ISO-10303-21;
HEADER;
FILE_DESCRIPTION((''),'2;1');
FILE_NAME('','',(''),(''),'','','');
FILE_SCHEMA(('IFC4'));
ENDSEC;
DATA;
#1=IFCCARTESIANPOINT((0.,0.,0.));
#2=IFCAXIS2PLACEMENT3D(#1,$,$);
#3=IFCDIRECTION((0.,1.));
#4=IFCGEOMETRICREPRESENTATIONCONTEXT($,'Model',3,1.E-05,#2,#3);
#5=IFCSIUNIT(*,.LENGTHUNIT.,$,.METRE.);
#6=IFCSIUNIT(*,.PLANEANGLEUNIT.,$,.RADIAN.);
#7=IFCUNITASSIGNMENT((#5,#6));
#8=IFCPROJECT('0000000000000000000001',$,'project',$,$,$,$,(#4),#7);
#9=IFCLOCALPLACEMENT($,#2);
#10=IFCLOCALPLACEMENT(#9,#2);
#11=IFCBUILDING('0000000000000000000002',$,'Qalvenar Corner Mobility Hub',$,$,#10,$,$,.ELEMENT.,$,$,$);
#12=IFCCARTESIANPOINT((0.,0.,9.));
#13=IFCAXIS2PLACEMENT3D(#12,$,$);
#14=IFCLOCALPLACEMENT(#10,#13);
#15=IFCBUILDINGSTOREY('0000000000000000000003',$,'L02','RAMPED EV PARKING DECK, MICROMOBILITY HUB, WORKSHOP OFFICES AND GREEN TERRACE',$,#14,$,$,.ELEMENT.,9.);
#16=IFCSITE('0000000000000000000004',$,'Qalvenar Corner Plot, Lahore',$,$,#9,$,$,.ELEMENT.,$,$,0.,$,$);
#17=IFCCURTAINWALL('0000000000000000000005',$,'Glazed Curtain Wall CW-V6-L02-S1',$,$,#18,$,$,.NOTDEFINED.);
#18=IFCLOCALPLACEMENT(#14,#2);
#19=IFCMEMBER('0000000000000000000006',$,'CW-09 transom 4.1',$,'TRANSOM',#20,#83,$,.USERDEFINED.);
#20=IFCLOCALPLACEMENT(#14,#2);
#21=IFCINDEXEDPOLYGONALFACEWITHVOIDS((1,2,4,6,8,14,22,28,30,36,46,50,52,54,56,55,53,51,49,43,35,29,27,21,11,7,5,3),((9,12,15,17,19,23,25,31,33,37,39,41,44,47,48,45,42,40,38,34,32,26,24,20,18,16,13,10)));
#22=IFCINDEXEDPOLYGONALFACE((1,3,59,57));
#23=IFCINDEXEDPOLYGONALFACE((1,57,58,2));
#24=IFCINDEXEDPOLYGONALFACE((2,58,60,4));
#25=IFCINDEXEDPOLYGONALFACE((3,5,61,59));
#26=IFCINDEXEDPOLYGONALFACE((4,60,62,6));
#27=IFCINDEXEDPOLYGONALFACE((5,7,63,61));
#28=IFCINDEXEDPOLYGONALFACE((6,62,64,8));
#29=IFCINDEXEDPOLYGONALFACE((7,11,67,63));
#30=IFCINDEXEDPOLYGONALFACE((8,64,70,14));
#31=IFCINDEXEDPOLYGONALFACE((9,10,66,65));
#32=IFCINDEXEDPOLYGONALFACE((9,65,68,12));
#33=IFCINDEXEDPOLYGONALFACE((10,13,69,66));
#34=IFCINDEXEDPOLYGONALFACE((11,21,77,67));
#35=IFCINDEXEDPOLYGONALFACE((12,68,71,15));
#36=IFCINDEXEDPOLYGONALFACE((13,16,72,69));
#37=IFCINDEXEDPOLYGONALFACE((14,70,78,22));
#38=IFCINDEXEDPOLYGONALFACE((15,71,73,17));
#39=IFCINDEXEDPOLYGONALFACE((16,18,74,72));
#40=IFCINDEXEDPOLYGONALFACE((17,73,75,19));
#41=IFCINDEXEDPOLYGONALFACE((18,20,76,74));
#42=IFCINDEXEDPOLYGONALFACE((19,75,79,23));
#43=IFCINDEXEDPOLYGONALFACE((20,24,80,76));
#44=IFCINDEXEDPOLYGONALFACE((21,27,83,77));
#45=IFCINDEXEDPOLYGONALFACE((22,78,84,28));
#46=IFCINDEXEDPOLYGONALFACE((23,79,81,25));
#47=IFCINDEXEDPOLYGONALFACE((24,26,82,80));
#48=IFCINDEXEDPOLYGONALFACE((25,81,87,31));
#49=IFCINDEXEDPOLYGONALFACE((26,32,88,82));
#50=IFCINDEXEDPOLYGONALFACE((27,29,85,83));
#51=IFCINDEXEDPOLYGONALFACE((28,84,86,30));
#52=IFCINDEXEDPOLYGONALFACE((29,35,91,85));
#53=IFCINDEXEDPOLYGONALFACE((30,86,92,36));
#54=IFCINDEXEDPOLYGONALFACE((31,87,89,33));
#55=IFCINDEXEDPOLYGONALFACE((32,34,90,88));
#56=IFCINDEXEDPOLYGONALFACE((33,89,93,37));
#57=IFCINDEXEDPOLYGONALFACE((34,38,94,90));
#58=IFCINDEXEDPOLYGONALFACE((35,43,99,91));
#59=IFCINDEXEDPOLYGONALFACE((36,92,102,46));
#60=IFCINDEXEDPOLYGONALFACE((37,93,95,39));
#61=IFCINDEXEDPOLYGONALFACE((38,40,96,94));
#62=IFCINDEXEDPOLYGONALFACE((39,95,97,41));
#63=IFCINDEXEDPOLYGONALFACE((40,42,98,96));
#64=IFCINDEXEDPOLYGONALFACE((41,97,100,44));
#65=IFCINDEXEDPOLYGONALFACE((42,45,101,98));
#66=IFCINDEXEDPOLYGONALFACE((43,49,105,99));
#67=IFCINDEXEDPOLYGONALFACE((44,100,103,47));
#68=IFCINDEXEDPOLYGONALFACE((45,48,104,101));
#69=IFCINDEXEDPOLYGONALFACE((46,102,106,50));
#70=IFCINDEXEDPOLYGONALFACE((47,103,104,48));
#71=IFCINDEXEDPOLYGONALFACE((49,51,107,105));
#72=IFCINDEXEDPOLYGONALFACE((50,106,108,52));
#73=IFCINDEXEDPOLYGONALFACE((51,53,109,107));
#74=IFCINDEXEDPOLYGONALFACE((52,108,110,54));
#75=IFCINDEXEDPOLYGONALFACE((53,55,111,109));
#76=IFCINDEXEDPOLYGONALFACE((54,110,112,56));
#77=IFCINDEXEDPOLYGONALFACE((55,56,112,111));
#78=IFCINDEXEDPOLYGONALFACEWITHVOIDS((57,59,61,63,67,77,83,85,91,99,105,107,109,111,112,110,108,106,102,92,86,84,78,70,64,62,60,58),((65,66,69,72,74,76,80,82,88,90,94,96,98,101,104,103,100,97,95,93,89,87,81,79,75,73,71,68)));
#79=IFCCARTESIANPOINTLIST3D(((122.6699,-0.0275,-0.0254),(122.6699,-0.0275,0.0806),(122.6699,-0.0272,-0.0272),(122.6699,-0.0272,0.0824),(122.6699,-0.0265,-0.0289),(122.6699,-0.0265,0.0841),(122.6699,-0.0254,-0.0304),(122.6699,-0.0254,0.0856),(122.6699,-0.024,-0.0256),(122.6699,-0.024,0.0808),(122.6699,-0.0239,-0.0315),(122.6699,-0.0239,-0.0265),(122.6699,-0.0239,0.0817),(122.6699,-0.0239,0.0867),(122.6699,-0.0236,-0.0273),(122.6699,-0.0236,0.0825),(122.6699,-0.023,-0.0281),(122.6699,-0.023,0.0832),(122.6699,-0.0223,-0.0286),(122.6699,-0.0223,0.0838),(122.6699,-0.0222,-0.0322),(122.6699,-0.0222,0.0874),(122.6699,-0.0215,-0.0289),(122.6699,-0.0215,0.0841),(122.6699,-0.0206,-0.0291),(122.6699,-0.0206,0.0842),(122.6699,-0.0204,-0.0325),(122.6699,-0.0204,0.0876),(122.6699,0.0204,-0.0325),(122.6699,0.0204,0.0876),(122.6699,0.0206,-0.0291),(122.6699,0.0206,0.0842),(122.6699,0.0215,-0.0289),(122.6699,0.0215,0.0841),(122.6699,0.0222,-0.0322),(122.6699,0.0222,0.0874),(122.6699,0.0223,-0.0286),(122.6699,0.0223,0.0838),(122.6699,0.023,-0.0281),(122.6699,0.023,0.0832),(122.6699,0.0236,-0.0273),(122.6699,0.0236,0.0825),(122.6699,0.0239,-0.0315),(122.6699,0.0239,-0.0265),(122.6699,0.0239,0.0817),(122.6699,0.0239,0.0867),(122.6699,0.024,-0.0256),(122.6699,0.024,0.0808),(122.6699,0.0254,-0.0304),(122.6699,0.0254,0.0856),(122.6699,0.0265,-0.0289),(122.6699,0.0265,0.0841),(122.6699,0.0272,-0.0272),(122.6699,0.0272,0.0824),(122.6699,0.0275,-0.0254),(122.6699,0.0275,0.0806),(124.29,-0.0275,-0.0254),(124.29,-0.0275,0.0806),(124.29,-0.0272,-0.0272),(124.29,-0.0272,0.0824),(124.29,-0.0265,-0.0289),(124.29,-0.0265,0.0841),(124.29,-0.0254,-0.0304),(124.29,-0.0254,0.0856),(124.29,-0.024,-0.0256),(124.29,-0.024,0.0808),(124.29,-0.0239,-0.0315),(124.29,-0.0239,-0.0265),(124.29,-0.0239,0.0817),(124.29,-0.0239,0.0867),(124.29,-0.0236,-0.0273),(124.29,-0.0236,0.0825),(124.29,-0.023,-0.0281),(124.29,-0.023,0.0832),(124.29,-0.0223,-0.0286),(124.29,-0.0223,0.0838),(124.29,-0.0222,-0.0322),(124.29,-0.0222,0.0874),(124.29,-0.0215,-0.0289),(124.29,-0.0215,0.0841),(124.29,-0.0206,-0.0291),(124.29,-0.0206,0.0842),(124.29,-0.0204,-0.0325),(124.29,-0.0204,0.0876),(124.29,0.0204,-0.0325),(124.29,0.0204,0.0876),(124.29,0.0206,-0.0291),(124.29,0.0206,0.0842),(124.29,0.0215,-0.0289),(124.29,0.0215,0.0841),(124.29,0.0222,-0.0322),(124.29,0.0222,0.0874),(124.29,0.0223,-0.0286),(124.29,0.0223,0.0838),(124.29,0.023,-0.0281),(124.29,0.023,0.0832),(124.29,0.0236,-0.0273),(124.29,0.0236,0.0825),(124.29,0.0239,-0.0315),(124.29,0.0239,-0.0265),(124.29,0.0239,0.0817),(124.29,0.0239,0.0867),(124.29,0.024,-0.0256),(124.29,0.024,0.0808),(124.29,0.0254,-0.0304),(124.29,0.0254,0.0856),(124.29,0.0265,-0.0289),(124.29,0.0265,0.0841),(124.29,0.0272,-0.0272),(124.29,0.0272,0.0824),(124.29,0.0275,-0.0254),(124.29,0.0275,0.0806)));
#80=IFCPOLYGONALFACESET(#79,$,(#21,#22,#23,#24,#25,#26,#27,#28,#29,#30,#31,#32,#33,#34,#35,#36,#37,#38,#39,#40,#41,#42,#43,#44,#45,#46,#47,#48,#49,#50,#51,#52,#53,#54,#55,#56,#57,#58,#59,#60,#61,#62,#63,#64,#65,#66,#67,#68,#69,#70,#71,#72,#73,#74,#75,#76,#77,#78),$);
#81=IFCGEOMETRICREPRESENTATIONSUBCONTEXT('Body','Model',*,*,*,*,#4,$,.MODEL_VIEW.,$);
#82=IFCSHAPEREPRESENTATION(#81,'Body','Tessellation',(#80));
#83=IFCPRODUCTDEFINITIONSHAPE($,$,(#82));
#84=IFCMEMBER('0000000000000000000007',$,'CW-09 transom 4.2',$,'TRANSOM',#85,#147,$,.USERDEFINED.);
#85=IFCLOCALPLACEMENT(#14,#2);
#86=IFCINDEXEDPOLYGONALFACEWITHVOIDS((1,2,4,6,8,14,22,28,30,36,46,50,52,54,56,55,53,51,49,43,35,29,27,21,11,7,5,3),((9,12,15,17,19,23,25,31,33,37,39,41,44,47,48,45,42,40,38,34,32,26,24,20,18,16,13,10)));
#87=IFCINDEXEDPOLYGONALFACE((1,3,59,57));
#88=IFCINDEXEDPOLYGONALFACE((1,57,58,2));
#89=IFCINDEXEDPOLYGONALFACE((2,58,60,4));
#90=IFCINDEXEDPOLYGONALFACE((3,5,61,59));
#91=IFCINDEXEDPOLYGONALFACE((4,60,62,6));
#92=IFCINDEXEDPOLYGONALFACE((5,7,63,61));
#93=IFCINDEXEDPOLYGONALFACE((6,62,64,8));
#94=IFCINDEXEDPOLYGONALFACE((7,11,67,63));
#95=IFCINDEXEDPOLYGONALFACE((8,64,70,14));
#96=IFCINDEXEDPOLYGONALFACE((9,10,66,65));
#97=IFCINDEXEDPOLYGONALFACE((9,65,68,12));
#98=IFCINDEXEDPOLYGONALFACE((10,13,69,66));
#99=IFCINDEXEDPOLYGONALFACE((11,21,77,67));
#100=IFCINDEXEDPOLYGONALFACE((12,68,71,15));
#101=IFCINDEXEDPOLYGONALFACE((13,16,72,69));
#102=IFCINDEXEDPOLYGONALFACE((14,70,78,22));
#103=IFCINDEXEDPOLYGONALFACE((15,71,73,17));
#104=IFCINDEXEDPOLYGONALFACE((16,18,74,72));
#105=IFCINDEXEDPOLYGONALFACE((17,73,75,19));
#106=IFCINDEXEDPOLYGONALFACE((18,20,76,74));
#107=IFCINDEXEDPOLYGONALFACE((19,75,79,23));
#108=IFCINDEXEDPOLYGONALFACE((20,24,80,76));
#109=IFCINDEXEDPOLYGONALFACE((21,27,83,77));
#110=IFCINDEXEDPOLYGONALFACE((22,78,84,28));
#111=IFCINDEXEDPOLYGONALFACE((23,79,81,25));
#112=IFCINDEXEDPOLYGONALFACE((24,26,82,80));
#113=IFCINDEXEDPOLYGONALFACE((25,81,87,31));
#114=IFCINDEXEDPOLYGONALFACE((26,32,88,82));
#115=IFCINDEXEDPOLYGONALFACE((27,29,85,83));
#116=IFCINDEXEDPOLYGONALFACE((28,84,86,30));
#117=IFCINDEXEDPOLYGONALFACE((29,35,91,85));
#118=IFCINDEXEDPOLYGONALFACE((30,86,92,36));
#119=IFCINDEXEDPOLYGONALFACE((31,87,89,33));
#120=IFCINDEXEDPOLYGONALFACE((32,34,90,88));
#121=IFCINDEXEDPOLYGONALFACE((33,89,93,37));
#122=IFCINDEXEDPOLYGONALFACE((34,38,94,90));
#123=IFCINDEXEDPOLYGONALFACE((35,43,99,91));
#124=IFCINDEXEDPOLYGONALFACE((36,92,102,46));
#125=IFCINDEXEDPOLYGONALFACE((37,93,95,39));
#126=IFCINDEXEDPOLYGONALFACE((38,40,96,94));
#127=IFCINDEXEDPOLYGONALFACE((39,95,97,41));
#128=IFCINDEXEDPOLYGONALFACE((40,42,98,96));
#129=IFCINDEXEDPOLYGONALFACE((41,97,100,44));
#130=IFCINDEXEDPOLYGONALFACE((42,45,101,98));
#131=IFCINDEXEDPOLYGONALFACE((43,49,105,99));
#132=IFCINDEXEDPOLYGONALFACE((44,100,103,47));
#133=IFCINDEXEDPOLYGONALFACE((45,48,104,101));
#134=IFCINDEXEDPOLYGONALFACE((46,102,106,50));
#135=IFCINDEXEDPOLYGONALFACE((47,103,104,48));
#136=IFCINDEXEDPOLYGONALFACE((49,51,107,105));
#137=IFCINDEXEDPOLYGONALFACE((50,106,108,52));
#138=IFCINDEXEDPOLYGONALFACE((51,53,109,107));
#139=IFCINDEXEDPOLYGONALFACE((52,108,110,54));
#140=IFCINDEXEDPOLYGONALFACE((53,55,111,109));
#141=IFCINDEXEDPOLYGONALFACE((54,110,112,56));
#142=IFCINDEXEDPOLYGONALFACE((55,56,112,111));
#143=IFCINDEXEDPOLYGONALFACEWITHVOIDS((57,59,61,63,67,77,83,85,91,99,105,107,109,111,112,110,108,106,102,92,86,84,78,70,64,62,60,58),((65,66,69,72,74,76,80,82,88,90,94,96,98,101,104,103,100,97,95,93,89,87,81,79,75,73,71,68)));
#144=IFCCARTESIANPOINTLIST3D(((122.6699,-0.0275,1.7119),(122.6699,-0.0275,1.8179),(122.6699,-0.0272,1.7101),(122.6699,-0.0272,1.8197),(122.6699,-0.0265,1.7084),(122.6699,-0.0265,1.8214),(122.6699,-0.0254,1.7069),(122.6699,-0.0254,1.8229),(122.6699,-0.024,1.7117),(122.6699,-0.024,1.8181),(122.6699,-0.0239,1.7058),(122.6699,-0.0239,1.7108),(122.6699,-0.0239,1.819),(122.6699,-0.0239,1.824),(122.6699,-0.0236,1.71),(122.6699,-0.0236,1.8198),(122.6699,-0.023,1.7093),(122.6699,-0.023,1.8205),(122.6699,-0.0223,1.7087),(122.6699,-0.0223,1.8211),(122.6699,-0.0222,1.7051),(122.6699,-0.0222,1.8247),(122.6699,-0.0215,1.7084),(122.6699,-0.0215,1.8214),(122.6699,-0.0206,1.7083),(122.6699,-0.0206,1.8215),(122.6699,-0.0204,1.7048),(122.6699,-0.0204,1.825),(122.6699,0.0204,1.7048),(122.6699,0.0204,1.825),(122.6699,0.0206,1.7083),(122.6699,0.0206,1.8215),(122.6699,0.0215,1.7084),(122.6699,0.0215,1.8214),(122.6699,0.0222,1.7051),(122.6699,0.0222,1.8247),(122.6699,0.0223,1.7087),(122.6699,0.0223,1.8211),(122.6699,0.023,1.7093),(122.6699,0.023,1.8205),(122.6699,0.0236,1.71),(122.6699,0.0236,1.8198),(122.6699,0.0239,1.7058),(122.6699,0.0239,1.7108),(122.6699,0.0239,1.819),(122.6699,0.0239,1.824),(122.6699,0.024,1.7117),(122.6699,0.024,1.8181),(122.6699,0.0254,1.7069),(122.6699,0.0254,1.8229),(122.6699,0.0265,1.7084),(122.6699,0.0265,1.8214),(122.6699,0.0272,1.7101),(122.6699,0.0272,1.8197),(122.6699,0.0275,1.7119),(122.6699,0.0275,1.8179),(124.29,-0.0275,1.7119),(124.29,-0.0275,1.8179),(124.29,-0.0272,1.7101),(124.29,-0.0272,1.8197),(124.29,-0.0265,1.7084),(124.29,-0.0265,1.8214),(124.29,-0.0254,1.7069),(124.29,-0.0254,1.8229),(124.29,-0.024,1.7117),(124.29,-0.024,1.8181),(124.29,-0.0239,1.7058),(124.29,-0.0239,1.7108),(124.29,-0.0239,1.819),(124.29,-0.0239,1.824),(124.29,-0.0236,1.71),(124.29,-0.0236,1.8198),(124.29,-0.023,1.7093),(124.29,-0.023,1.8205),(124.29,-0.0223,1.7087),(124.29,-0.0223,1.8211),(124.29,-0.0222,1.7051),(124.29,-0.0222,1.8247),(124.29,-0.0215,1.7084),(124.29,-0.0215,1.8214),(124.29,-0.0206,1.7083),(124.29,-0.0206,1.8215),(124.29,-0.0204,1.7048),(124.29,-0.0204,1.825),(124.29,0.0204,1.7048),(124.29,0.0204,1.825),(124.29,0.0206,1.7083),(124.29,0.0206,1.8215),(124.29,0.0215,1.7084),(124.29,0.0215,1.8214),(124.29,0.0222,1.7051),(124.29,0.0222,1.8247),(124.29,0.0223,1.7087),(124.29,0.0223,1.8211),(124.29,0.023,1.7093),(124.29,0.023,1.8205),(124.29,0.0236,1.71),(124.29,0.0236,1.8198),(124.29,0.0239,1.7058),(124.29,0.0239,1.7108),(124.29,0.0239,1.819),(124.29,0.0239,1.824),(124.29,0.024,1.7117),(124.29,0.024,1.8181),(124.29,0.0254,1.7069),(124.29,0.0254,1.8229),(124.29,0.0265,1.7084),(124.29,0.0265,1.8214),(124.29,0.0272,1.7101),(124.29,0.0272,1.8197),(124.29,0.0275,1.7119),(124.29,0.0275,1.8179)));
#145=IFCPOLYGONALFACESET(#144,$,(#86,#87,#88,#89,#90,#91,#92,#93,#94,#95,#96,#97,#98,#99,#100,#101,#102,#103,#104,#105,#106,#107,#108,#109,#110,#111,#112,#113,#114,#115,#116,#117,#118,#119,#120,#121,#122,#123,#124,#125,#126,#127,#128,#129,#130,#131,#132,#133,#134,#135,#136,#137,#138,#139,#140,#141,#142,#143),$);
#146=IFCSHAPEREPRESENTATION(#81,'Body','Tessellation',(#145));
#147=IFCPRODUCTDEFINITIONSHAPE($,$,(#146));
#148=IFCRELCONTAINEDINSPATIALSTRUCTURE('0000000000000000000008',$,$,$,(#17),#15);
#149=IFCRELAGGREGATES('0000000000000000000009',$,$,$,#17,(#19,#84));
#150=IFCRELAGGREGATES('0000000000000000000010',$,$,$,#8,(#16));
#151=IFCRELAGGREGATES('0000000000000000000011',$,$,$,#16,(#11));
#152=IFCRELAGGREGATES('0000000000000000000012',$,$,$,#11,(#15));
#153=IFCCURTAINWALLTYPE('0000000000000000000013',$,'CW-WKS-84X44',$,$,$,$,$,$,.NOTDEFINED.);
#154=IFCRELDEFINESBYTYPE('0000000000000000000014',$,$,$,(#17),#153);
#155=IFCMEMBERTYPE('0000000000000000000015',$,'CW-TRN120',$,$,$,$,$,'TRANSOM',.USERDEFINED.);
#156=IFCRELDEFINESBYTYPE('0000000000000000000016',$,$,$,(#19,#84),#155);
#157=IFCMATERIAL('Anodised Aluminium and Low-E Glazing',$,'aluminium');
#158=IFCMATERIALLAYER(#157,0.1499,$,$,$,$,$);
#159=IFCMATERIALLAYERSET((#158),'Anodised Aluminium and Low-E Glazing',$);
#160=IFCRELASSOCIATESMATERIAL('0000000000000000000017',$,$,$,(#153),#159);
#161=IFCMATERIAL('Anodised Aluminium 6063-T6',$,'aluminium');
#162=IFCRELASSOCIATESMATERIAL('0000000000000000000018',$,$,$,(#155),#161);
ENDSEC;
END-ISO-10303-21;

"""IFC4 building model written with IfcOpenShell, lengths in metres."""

from ifc_helpers import new_model, si_unit, direction, frame, origin, origin_2d, place, context, subcontext, project, spatial, hollow_rectangle, extrude, material, layer, layer_set, material_profile, profile_set, type_object, element, aggregate, save


model = new_model("IFC4")

# Units and contexts
model_context = context("Model", 3, precision=1e-05, world=origin(), true_north=direction((0.0, 1.0)))
body_context = subcontext(model_context, "Body", "Model", "MODEL_VIEW")
ifc_project = project(units=[si_unit("LENGTHUNIT", "METRE"), si_unit("PLANEANGLEUNIT", "RADIAN")], contexts=[model_context])

# Site, building, storey
site_placement = place(None, origin())
site = spatial("IfcSite", under=ifc_project, at=site_placement, Name="Qalvenar Corner Plot, Lahore", CompositionType="ELEMENT", RefElevation=0.0)
building_placement = place(site_placement, origin())
building = spatial("IfcBuilding", under=site, at=building_placement, Name="Qalvenar Corner Mobility Hub", CompositionType="ELEMENT")
storey_placement = place(building_placement, frame((0.0, 0.0, 9.0)))
storey = spatial("IfcBuildingStorey", under=building, at=storey_placement, Name="L02", Description="RAMPED EV PARKING DECK, MICROMOBILITY HUB, WORKSHOP OFFICES AND GREEN TERRACE", CompositionType="ELEMENT", Elevation=9.0)

# Curtain wall, members
ifc_material_1 = material(Name="Anodised Aluminium and Low-E Glazing", Category="aluminium")
ifc_layer_1 = layer(ifc_material_1, 0.1499)
ifc_layer_set_1 = layer_set([ifc_layer_1], Name="Anodised Aluminium and Low-E Glazing")
curtain_wall_type = type_object("IfcCurtainWallType", Name="CW-WKS-84X44", PredefinedType="NOTDEFINED", material=ifc_layer_set_1)
curtain_wall_placement = place(storey_placement, origin())
curtain_wall = element("IfcCurtainWall", 1, at=curtain_wall_placement, inside=storey, type_object=curtain_wall_type, Name="Glazed Curtain Wall CW-V6-L02-S1", PredefinedType="NOTDEFINED")
ifc_material_2 = material(Name="Anodised Aluminium 6063-T6", Category="aluminium")
ifc_material_profile_1 = material_profile(ifc_material_2, hollow_rectangle(XDim=0.0549, YDim=0.1201, WallThickness=0.0034, InnerFilletRadius=0.0034, OuterFilletRadius=0.0071, at=origin_2d()), Name="RHS120x55x3.5")
ifc_profile_set_1 = profile_set([ifc_material_profile_1], Name="Anodised Aluminium 6063-T6")
member_type_1 = type_object("IfcMemberType", Name="CW-TRN120", ElementType="TRANSOM", PredefinedType="USERDEFINED", material=ifc_profile_set_1)
member_1_placement = place(storey_placement, frame((122.6699, 0.0, 0.0276), z_axis=(1.0, 0.0, 0.0), x_axis=(0.0, 1.0, 0.0)))
member_1 = element("IfcMember", 2, at=member_1_placement, type_object=member_type_1, Name="CW-09 transom 4.1", ObjectType="TRANSOM", PredefinedType="USERDEFINED", context=body_context, shape_type="SweptSolid", body=[
    extrude(hollow_rectangle(XDim=0.0549, YDim=0.1201, WallThickness=0.0034, InnerFilletRadius=0.0034, OuterFilletRadius=0.0071, at=origin_2d()), origin(), (0.0, 0.0, 1.0), 1.6201),
])
member_2_placement = place(storey_placement, frame((122.6699, 0.0, 1.7649), z_axis=(1.0, 0.0, 0.0), x_axis=(0.0, 1.0, 0.0)))
member_2 = element("IfcMember", 3, at=member_2_placement, type_object=member_type_1, Name="CW-09 transom 4.2", ObjectType="TRANSOM", PredefinedType="USERDEFINED", context=body_context, shape_type="SweptSolid", body=[
    extrude(hollow_rectangle(XDim=0.0549, YDim=0.1201, WallThickness=0.0034, InnerFilletRadius=0.0034, OuterFilletRadius=0.0071, at=origin_2d()), origin(), (0.0, 0.0, 1.0), 1.6201),
])
aggregate(curtain_wall, [member_1, member_2])

save(model, "model.ifc")
